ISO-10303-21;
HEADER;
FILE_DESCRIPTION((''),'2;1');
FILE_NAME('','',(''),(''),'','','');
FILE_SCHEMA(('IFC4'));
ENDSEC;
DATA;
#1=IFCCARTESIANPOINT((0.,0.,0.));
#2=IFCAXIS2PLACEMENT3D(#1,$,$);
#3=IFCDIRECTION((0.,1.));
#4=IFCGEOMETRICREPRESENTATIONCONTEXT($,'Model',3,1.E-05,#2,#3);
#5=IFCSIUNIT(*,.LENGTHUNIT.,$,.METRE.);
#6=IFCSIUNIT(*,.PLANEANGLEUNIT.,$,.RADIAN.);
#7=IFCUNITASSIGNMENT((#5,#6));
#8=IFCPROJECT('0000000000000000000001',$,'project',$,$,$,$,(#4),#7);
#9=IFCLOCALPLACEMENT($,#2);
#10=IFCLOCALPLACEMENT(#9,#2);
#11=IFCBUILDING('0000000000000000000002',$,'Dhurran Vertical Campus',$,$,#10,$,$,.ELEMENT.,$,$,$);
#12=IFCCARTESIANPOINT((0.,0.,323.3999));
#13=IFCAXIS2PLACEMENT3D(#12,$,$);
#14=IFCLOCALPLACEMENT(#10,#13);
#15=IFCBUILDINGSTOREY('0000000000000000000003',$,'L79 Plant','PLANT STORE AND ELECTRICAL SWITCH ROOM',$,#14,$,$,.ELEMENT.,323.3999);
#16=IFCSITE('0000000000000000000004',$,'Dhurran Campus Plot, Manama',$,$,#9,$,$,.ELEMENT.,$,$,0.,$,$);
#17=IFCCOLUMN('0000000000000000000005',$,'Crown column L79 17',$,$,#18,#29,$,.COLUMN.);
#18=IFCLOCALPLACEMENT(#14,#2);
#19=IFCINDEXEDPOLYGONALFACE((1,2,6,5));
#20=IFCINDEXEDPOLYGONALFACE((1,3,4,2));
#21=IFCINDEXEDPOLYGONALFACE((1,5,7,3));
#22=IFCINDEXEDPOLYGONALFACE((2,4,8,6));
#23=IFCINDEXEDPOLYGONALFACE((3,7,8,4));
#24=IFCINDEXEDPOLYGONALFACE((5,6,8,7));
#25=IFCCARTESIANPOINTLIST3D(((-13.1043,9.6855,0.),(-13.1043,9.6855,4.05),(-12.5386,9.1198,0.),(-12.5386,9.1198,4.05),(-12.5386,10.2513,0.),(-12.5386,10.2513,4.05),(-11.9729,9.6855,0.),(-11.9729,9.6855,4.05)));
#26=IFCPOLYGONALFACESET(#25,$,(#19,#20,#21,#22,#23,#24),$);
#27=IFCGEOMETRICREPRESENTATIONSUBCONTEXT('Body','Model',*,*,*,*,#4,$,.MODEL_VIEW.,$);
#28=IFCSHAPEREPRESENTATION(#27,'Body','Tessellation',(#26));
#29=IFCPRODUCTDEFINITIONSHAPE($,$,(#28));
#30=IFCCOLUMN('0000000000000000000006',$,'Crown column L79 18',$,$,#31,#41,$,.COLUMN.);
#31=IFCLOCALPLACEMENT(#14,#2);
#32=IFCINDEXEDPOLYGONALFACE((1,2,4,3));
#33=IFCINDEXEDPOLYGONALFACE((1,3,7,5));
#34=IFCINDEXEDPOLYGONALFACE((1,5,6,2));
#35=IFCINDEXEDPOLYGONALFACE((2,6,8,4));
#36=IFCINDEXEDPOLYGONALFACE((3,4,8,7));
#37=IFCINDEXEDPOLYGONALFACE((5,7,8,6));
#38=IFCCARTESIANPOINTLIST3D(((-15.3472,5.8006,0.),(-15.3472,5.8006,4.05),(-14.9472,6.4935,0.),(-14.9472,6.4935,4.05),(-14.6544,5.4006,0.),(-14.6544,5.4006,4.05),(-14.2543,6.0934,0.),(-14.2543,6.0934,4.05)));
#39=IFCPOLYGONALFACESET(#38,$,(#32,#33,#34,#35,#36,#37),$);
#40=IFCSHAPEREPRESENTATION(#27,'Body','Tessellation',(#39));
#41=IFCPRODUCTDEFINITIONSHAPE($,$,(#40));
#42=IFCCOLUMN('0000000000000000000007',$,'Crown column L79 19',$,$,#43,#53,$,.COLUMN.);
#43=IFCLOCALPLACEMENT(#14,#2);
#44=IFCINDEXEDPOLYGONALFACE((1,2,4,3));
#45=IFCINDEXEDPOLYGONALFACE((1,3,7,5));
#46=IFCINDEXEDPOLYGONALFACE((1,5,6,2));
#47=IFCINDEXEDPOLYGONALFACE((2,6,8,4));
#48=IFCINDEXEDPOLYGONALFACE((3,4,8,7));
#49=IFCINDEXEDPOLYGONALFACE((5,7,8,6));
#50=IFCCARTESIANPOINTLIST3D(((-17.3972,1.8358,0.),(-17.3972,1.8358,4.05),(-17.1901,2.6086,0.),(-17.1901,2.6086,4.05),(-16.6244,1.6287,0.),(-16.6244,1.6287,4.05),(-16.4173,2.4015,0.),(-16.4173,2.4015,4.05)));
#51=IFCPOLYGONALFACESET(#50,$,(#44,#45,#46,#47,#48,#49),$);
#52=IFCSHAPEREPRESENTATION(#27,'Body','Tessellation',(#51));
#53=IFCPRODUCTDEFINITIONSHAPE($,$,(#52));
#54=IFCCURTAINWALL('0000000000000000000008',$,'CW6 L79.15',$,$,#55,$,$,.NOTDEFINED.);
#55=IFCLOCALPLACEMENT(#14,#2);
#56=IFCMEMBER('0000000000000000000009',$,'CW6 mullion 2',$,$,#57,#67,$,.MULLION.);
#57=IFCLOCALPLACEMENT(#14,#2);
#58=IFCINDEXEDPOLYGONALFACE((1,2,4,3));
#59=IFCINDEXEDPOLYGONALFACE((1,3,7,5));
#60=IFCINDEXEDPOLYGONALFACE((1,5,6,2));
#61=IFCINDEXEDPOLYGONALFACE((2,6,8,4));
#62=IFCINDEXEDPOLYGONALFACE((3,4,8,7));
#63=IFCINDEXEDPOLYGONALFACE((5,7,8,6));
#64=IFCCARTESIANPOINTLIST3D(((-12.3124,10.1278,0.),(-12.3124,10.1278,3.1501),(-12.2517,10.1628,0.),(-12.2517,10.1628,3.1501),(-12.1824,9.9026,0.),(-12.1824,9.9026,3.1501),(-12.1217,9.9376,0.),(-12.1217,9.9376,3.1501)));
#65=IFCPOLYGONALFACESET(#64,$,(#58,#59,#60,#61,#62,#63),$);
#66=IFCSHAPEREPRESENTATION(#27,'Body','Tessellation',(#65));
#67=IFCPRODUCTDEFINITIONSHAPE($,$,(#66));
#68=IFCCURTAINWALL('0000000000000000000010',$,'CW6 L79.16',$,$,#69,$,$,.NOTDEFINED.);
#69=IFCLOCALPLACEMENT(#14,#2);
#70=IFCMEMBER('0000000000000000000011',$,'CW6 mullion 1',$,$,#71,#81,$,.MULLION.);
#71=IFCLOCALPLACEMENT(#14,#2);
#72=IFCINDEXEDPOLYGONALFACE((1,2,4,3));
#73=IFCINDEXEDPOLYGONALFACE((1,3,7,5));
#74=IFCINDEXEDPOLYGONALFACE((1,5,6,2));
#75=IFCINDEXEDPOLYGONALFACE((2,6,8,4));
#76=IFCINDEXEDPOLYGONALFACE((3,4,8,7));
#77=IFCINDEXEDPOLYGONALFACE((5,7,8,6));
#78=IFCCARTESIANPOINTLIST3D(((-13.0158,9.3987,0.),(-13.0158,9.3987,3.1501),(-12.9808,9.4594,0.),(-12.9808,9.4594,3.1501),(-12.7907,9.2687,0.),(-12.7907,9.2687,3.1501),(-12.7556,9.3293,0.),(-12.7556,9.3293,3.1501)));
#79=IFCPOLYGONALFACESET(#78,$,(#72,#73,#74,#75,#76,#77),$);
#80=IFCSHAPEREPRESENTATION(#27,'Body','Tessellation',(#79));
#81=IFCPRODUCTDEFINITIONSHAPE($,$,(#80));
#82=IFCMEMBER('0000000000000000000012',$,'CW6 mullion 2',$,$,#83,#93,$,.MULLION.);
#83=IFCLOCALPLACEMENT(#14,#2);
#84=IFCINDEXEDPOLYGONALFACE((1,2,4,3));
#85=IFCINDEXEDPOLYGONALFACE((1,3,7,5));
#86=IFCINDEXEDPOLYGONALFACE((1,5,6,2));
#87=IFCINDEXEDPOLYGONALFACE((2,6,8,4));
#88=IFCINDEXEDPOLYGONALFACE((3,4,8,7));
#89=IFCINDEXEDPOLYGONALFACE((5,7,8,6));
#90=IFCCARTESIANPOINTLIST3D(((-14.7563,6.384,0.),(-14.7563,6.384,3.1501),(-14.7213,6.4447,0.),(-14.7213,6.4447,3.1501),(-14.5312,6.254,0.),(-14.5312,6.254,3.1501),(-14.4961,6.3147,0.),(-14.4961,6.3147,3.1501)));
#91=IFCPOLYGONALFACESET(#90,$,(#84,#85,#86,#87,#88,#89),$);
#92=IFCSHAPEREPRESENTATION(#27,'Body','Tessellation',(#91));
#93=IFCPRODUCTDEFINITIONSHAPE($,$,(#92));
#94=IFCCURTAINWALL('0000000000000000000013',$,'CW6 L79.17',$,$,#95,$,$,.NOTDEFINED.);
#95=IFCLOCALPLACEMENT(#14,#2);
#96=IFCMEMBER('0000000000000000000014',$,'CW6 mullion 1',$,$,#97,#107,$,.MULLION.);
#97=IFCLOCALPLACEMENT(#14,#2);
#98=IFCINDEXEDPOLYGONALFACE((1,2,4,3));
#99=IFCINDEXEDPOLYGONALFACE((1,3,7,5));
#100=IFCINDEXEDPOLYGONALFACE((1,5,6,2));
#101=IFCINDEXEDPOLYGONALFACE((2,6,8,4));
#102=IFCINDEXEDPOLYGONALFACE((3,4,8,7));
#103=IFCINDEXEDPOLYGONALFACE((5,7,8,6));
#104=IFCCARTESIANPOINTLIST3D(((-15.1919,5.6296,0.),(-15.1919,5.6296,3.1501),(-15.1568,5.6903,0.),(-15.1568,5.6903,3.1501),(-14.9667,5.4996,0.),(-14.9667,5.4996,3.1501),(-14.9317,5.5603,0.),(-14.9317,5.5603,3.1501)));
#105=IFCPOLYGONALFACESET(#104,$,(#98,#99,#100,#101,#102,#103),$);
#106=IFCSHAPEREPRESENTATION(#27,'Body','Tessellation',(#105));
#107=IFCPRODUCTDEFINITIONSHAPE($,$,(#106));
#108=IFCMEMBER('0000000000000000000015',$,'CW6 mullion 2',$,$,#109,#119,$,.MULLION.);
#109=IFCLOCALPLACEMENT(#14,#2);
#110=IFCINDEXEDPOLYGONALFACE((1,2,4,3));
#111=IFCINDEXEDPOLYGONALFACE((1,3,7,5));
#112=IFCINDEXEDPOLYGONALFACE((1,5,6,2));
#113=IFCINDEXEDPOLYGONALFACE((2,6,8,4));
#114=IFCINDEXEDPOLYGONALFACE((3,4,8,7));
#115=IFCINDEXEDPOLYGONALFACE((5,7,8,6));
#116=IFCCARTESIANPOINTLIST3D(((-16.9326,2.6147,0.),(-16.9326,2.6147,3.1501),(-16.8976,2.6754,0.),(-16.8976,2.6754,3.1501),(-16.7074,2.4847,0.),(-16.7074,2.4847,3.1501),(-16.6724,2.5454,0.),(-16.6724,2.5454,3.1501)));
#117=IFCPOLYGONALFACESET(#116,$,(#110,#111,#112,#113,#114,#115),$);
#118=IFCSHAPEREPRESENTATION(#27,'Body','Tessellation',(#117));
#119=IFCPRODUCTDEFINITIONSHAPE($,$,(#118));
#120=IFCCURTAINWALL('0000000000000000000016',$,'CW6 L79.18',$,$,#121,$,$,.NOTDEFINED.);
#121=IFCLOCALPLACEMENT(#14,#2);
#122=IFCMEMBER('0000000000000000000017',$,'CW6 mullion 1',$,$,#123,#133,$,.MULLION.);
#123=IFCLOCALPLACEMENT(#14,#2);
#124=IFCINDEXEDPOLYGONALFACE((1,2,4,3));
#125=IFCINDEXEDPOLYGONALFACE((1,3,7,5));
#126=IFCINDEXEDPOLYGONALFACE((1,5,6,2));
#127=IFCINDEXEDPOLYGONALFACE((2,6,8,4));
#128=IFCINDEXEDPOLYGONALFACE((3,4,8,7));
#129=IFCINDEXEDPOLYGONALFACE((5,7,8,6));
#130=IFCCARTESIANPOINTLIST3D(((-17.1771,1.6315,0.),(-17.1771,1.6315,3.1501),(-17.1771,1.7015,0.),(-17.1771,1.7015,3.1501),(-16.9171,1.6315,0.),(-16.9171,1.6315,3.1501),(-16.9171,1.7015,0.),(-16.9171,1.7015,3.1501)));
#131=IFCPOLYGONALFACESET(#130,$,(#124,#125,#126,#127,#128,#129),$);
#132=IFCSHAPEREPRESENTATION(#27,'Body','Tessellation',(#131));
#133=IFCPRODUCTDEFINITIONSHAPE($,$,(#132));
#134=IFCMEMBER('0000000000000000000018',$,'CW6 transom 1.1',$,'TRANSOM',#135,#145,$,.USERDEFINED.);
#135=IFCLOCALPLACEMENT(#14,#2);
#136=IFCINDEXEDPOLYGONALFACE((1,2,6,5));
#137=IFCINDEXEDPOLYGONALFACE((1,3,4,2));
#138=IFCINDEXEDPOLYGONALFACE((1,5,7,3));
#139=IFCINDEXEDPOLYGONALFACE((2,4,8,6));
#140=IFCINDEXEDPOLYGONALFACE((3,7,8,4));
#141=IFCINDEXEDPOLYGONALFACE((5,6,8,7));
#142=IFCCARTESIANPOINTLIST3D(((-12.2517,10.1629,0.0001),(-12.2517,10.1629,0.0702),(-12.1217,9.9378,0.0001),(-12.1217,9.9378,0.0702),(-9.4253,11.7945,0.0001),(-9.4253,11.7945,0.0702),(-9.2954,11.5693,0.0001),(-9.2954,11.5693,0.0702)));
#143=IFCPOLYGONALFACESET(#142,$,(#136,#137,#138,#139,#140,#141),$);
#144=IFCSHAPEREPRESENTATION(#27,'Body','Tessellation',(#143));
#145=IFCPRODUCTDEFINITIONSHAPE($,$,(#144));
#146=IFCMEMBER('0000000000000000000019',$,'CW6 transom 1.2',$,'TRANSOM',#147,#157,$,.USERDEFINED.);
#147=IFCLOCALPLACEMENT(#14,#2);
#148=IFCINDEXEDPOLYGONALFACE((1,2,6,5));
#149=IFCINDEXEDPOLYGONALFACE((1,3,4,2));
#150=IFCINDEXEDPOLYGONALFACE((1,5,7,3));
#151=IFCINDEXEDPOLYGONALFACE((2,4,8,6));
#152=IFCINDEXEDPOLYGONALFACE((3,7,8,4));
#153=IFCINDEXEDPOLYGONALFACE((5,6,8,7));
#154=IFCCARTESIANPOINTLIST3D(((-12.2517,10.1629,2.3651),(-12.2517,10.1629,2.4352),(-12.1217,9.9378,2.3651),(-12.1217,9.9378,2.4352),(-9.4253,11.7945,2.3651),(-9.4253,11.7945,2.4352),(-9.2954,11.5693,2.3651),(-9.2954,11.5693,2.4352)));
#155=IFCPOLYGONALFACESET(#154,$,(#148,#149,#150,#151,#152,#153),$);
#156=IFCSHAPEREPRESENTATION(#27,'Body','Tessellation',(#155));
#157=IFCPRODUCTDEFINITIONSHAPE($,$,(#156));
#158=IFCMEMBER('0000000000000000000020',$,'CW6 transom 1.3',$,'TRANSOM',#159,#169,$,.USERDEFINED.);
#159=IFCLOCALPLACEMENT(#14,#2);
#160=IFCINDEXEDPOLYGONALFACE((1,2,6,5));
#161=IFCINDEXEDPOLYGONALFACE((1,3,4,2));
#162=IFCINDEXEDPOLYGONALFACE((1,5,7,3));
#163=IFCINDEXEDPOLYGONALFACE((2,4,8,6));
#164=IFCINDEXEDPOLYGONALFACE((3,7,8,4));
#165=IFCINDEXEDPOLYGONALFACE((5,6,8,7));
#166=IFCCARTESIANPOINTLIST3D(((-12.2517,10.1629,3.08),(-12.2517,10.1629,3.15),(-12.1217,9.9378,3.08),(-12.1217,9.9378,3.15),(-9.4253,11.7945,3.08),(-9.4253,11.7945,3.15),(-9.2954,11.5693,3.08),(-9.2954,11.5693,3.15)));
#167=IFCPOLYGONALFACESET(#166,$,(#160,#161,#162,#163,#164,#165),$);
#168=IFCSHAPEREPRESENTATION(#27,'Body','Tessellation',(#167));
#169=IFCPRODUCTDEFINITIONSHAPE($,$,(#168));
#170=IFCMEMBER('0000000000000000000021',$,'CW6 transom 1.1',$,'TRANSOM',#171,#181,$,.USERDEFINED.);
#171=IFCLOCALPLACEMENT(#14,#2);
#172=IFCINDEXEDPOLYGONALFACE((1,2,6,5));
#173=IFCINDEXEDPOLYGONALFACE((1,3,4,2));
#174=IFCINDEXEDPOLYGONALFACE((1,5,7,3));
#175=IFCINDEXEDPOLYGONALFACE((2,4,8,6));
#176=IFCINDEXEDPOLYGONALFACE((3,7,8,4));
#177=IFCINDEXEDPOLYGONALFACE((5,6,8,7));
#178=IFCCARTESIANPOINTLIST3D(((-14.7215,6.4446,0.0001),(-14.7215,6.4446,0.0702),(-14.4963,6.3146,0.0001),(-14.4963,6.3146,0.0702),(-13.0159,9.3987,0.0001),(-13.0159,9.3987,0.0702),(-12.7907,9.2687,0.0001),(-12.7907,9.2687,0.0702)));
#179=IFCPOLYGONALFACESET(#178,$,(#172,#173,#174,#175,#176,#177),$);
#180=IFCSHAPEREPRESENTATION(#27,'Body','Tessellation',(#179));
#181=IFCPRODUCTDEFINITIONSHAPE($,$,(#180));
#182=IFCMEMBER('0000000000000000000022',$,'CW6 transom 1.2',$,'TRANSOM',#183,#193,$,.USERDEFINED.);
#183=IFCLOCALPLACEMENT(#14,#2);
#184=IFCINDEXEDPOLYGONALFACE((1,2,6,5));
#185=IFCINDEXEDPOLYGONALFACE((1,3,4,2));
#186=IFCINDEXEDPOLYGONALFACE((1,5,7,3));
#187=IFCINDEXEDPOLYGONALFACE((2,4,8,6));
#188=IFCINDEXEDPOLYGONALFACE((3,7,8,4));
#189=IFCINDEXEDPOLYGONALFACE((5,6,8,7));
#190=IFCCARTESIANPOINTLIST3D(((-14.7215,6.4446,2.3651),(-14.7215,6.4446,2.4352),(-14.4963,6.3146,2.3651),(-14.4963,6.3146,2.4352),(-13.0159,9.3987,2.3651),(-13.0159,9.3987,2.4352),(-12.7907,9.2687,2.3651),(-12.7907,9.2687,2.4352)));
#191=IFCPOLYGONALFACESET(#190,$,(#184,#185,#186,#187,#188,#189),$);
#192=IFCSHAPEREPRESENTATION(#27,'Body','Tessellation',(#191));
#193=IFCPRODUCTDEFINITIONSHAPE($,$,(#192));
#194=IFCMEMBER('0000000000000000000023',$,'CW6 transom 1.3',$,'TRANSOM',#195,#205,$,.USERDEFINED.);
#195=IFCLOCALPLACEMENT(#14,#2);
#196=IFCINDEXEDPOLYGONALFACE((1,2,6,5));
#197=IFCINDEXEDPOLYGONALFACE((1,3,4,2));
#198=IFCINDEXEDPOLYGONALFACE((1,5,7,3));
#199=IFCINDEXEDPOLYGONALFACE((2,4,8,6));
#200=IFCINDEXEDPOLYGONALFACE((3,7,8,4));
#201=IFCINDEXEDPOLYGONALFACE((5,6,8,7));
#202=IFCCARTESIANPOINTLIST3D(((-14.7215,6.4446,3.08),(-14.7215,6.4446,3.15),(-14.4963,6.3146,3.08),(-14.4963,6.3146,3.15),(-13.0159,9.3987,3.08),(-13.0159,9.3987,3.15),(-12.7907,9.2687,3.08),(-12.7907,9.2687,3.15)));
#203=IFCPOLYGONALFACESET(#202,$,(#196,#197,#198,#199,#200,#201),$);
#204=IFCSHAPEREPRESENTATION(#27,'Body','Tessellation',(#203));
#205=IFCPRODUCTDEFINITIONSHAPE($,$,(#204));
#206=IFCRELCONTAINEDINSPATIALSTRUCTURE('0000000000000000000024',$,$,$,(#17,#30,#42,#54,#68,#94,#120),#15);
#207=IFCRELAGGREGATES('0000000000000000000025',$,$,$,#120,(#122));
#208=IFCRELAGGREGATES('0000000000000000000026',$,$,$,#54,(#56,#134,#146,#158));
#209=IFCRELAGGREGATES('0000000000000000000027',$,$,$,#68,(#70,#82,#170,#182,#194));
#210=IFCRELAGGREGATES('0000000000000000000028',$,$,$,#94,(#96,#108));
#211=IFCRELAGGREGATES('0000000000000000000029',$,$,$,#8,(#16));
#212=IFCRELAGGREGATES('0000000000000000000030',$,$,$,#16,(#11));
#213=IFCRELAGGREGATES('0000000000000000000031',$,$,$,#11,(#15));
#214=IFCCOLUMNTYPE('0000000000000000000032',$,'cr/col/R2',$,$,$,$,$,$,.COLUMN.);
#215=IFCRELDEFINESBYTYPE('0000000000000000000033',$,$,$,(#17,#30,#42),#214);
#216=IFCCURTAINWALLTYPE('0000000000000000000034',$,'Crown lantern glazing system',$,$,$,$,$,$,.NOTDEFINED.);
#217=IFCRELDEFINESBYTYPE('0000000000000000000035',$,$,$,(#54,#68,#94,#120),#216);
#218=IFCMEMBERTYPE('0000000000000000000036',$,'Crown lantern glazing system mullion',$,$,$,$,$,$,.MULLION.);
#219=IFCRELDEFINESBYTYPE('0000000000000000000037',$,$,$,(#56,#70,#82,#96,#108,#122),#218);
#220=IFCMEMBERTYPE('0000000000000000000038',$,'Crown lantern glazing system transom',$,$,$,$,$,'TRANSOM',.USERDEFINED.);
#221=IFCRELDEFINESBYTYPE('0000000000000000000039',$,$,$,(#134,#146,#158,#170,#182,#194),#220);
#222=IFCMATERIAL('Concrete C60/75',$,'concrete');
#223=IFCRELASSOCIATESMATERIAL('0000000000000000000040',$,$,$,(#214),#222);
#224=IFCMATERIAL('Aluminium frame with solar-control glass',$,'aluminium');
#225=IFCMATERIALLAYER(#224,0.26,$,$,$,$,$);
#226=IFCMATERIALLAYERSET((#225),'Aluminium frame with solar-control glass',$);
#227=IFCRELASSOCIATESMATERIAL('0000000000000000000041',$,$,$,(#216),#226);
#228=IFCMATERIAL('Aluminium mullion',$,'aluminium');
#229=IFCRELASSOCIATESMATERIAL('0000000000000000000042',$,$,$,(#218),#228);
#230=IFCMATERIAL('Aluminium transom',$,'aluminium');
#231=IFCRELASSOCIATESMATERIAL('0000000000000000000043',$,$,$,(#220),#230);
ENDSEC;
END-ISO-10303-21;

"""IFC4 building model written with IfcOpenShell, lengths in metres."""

from ifc_helpers import new_model, si_unit, direction, frame, origin, origin_2d, place, context, subcontext, project, spatial, rectangle, extrude, material, layer, layer_set, material_profile, profile_set, type_object, element, aggregate, save


model = new_model("IFC4")

# Units and contexts
model_context = context("Model", 3, precision=1e-05, world=origin(), true_north=direction((0.0, 1.0)))
body_context = subcontext(model_context, "Body", "Model", "MODEL_VIEW")
ifc_project = project(units=[si_unit("LENGTHUNIT", "METRE"), si_unit("PLANEANGLEUNIT", "RADIAN")], contexts=[model_context])

# Site, building, storey
site_placement = place(None, origin())
site = spatial("IfcSite", under=ifc_project, at=site_placement, Name="Dhurran Campus Plot, Manama", CompositionType="ELEMENT", RefElevation=0.0)
building_placement = place(site_placement, origin())
building = spatial("IfcBuilding", under=site, at=building_placement, Name="Dhurran Vertical Campus", CompositionType="ELEMENT")
storey_placement = place(building_placement, frame((0.0, 0.0, 323.3999)))
storey = spatial("IfcBuildingStorey", under=building, at=storey_placement, Name="L79 Plant", Description="PLANT STORE AND ELECTRICAL SWITCH ROOM", CompositionType="ELEMENT", Elevation=323.3999)

# Columns
ifc_material_1 = material(Name="Concrete C60/75", Category="concrete")
ifc_material_profile_1 = material_profile(ifc_material_1, rectangle(XDim=0.8, YDim=0.8, at=origin_2d()), Name="cr/col/R2")
ifc_profile_set_1 = profile_set([ifc_material_profile_1], Name="Concrete C60/75")
column_type = type_object("IfcColumnType", Name="cr/col/R2", PredefinedType="COLUMN", material=ifc_profile_set_1)
for number, where, z_axis, x_axis, name in (
    (1, (-12.5386, 9.6855, 0.0), (0.0, 0.0, 1.0), (-0.707107, -0.707107, 0.0), "Crown column L79 17"),
    (2, (-14.8008, 5.947, 0.0), (0.0, 0.0, 1.0), (-0.5, -0.866025, 0.0), "Crown column L79 18"),
    (3, (-16.9072, 2.1187, 0.0), (0.0, 0.0, 1.0), (-0.258819, -0.965926, 0.0), "Crown column L79 19"),
):
    element("IfcColumn", number, at=place(storey_placement, frame(where, z_axis=z_axis, x_axis=x_axis)), inside=storey, type_object=column_type, Name=name, PredefinedType="COLUMN", context=body_context, shape_type="SweptSolid", body=[
        extrude(rectangle(XDim=0.8, YDim=0.8, at=origin_2d()), origin(), (0.0, 0.0, 1.0), 4.05),
    ])

# Curtain wall, member
ifc_material_2 = material(Name="Aluminium frame with solar-control glass", Category="aluminium")
ifc_layer_1 = layer(ifc_material_2, 0.26)
ifc_layer_set_1 = layer_set([ifc_layer_1], Name="Aluminium frame with solar-control glass")
curtain_wall_type = type_object("IfcCurtainWallType", Name="Crown lantern glazing system", PredefinedType="NOTDEFINED", material=ifc_layer_set_1)
curtain_wall_1_placement = place(storey_placement, origin())
curtain_wall_1 = element("IfcCurtainWall", 4, at=curtain_wall_1_placement, inside=storey, type_object=curtain_wall_type, Name="CW6 L79.15", PredefinedType="NOTDEFINED")
ifc_material_3 = material(Name="Aluminium mullion", Category="aluminium")
ifc_material_profile_2 = material_profile(ifc_material_3, rectangle(XDim=0.26, YDim=0.0701, at=origin_2d()), Name="Crown lantern glazing system mullion")
ifc_profile_set_2 = profile_set([ifc_material_profile_2], Name="Aluminium mullion")
member_type_1 = type_object("IfcMemberType", Name="Crown lantern glazing system mullion", PredefinedType="MULLION", material=ifc_profile_set_2)
member_1_placement = place(storey_placement, frame((-12.217, 10.0327, 0.0), z_axis=(0.0, 0.0, 1.0), x_axis=(0.499991, -0.86603, 0.0)))
member_1 = element("IfcMember", 5, at=member_1_placement, type_object=member_type_1, Name="CW6 mullion 2", PredefinedType="MULLION", context=body_context, shape_type="SweptSolid", body=[
    extrude(rectangle(XDim=0.26, YDim=0.0701, at=origin_2d()), origin(), (0.0, 0.0, 1.0), 3.1501),
])

# Curtain walls, members
curtain_wall_2_placement = place(storey_placement, origin())
curtain_wall_2 = element("IfcCurtainWall", 6, at=curtain_wall_2_placement, inside=storey, type_object=curtain_wall_type, Name="CW6 L79.16", PredefinedType="NOTDEFINED")
member_2_placement = place(storey_placement, frame((-12.8857, 9.364, 0.0), z_axis=(0.0, 0.0, 1.0), x_axis=(0.866016, -0.500016, 0.0)))
member_2 = element("IfcMember", 7, at=member_2_placement, type_object=member_type_1, Name="CW6 mullion 1", PredefinedType="MULLION", context=body_context, shape_type="SweptSolid", body=[
    extrude(rectangle(XDim=0.26, YDim=0.0701, at=origin_2d()), origin(), (0.0, 0.0, 1.0), 3.1501),
])
member_3_placement = place(storey_placement, frame((-14.6262, 6.3494, 0.0), z_axis=(0.0, 0.0, 1.0), x_axis=(0.866016, -0.500016, 0.0)))
member_3 = element("IfcMember", 8, at=member_3_placement, type_object=member_type_1, Name="CW6 mullion 2", PredefinedType="MULLION", context=body_context, shape_type="SweptSolid", body=[
    extrude(rectangle(XDim=0.26, YDim=0.0701, at=origin_2d()), origin(), (0.0, 0.0, 1.0), 3.1501),
])
curtain_wall_3_placement = place(storey_placement, origin())
curtain_wall_3 = element("IfcCurtainWall", 9, at=curtain_wall_3_placement, inside=storey, type_object=curtain_wall_type, Name="CW6 L79.17", PredefinedType="NOTDEFINED")
member_4_placement = place(storey_placement, frame((-15.0618, 5.595, 0.0), z_axis=(0.0, 0.0, 1.0), x_axis=(0.86603, -0.499991, 0.0)))
member_4 = element("IfcMember", 10, at=member_4_placement, type_object=member_type_1, Name="CW6 mullion 1", PredefinedType="MULLION", context=body_context, shape_type="SweptSolid", body=[
    extrude(rectangle(XDim=0.26, YDim=0.0701, at=origin_2d()), origin(), (0.0, 0.0, 1.0), 3.1501),
])
member_5_placement = place(storey_placement, frame((-16.8025, 2.5801, 0.0), z_axis=(0.0, 0.0, 1.0), x_axis=(0.86603, -0.499991, 0.0)))
member_5 = element("IfcMember", 11, at=member_5_placement, type_object=member_type_1, Name="CW6 mullion 2", PredefinedType="MULLION", context=body_context, shape_type="SweptSolid", body=[
    extrude(rectangle(XDim=0.26, YDim=0.0701, at=origin_2d()), origin(), (0.0, 0.0, 1.0), 3.1501),
])

# Curtain wall, member
curtain_wall_4_placement = place(storey_placement, origin())
curtain_wall_4 = element("IfcCurtainWall", 12, at=curtain_wall_4_placement, inside=storey, type_object=curtain_wall_type, Name="CW6 L79.18", PredefinedType="NOTDEFINED")
member_6_placement = place(storey_placement, frame((-17.0471, 1.6665, 0.0), z_axis=(0.0, 0.0, 1.0), x_axis=(1.0, 0.0, 0.0)))
member_6 = element("IfcMember", 13, at=member_6_placement, type_object=member_type_1, Name="CW6 mullion 1", PredefinedType="MULLION", context=body_context, shape_type="SweptSolid", body=[
    extrude(rectangle(XDim=0.26, YDim=0.0701, at=origin_2d()), origin(), (0.0, 0.0, 1.0), 3.1501),
])

# Members
ifc_material_4 = material(Name="Aluminium transom", Category="aluminium")
ifc_material_profile_3 = material_profile(ifc_material_4, rectangle(XDim=0.26, YDim=0.0701, at=origin_2d()), Name="Crown lantern glazing system transom")
ifc_profile_set_3 = profile_set([ifc_material_profile_3], Name="Aluminium transom")
member_type_2 = type_object("IfcMemberType", Name="Crown lantern glazing system transom", ElementType="TRANSOM", PredefinedType="USERDEFINED", material=ifc_profile_set_3)
member_7_placement = place(storey_placement, frame((-9.3604, 11.6819, 0.0352), z_axis=(-0.866057, -0.499945, 0.0), x_axis=(0.499945, -0.866057, 0.0)))
member_7 = element("IfcMember", 14, at=member_7_placement, type_object=member_type_2, Name="CW6 transom 1.1", ObjectType="TRANSOM", PredefinedType="USERDEFINED", context=body_context, shape_type="SweptSolid", body=[
    extrude(rectangle(XDim=0.26, YDim=0.0701, at=origin_2d()), origin(), (0.0, 0.0, 1.0), 3.2634),
])
member_8_placement = place(storey_placement, frame((-9.3604, 11.6819, 2.4001), z_axis=(-0.866057, -0.499945, 0.0), x_axis=(0.499945, -0.866057, 0.0)))
member_8 = element("IfcMember", 15, at=member_8_placement, type_object=member_type_2, Name="CW6 transom 1.2", ObjectType="TRANSOM", PredefinedType="USERDEFINED", context=body_context, shape_type="SweptSolid", body=[
    extrude(rectangle(XDim=0.26, YDim=0.0701, at=origin_2d()), origin(), (0.0, 0.0, 1.0), 3.2634),
])
member_9_placement = place(storey_placement, frame((-9.3604, 11.6819, 3.115), z_axis=(-0.866057, -0.499945, 0.0), x_axis=(0.499945, -0.866057, 0.0)))
member_9 = element("IfcMember", 16, at=member_9_placement, type_object=member_type_2, Name="CW6 transom 1.3", ObjectType="TRANSOM", PredefinedType="USERDEFINED", context=body_context, shape_type="SweptSolid", body=[
    extrude(rectangle(XDim=0.26, YDim=0.0701, at=origin_2d()), origin(), (0.0, 0.0, 1.0), 3.2634),
])
member_10_placement = place(storey_placement, frame((-12.9033, 9.3337, 0.0352), z_axis=(-0.500003, -0.866023, 0.0), x_axis=(0.866023, -0.500003, 0.0)))
member_10 = element("IfcMember", 17, at=member_10_placement, type_object=member_type_2, Name="CW6 transom 1.1", ObjectType="TRANSOM", PredefinedType="USERDEFINED", context=body_context, shape_type="SweptSolid", body=[
    extrude(rectangle(XDim=0.26, YDim=0.0701, at=origin_2d()), origin(), (0.0, 0.0, 1.0), 3.4111),
])
member_11_placement = place(storey_placement, frame((-12.9033, 9.3337, 2.4001), z_axis=(-0.500003, -0.866023, 0.0), x_axis=(0.866023, -0.500003, 0.0)))
member_11 = element("IfcMember", 18, at=member_11_placement, type_object=member_type_2, Name="CW6 transom 1.2", ObjectType="TRANSOM", PredefinedType="USERDEFINED", context=body_context, shape_type="SweptSolid", body=[
    extrude(rectangle(XDim=0.26, YDim=0.0701, at=origin_2d()), origin(), (0.0, 0.0, 1.0), 3.4111),
])
member_12_placement = place(storey_placement, frame((-12.9033, 9.3337, 3.115), z_axis=(-0.500003, -0.866023, 0.0), x_axis=(0.866023, -0.500003, 0.0)))
member_12 = element("IfcMember", 19, at=member_12_placement, type_object=member_type_2, Name="CW6 transom 1.3", ObjectType="TRANSOM", PredefinedType="USERDEFINED", context=body_context, shape_type="SweptSolid", body=[
    extrude(rectangle(XDim=0.26, YDim=0.0701, at=origin_2d()), origin(), (0.0, 0.0, 1.0), 3.4111),
])
aggregate(curtain_wall_4, [member_6])

aggregate(curtain_wall_1, [member_1, member_7, member_8, member_9])
aggregate(curtain_wall_2, [member_2, member_3, member_10, member_11, member_12])
aggregate(curtain_wall_3, [member_4, member_5])

save(model, "model.ifc")
